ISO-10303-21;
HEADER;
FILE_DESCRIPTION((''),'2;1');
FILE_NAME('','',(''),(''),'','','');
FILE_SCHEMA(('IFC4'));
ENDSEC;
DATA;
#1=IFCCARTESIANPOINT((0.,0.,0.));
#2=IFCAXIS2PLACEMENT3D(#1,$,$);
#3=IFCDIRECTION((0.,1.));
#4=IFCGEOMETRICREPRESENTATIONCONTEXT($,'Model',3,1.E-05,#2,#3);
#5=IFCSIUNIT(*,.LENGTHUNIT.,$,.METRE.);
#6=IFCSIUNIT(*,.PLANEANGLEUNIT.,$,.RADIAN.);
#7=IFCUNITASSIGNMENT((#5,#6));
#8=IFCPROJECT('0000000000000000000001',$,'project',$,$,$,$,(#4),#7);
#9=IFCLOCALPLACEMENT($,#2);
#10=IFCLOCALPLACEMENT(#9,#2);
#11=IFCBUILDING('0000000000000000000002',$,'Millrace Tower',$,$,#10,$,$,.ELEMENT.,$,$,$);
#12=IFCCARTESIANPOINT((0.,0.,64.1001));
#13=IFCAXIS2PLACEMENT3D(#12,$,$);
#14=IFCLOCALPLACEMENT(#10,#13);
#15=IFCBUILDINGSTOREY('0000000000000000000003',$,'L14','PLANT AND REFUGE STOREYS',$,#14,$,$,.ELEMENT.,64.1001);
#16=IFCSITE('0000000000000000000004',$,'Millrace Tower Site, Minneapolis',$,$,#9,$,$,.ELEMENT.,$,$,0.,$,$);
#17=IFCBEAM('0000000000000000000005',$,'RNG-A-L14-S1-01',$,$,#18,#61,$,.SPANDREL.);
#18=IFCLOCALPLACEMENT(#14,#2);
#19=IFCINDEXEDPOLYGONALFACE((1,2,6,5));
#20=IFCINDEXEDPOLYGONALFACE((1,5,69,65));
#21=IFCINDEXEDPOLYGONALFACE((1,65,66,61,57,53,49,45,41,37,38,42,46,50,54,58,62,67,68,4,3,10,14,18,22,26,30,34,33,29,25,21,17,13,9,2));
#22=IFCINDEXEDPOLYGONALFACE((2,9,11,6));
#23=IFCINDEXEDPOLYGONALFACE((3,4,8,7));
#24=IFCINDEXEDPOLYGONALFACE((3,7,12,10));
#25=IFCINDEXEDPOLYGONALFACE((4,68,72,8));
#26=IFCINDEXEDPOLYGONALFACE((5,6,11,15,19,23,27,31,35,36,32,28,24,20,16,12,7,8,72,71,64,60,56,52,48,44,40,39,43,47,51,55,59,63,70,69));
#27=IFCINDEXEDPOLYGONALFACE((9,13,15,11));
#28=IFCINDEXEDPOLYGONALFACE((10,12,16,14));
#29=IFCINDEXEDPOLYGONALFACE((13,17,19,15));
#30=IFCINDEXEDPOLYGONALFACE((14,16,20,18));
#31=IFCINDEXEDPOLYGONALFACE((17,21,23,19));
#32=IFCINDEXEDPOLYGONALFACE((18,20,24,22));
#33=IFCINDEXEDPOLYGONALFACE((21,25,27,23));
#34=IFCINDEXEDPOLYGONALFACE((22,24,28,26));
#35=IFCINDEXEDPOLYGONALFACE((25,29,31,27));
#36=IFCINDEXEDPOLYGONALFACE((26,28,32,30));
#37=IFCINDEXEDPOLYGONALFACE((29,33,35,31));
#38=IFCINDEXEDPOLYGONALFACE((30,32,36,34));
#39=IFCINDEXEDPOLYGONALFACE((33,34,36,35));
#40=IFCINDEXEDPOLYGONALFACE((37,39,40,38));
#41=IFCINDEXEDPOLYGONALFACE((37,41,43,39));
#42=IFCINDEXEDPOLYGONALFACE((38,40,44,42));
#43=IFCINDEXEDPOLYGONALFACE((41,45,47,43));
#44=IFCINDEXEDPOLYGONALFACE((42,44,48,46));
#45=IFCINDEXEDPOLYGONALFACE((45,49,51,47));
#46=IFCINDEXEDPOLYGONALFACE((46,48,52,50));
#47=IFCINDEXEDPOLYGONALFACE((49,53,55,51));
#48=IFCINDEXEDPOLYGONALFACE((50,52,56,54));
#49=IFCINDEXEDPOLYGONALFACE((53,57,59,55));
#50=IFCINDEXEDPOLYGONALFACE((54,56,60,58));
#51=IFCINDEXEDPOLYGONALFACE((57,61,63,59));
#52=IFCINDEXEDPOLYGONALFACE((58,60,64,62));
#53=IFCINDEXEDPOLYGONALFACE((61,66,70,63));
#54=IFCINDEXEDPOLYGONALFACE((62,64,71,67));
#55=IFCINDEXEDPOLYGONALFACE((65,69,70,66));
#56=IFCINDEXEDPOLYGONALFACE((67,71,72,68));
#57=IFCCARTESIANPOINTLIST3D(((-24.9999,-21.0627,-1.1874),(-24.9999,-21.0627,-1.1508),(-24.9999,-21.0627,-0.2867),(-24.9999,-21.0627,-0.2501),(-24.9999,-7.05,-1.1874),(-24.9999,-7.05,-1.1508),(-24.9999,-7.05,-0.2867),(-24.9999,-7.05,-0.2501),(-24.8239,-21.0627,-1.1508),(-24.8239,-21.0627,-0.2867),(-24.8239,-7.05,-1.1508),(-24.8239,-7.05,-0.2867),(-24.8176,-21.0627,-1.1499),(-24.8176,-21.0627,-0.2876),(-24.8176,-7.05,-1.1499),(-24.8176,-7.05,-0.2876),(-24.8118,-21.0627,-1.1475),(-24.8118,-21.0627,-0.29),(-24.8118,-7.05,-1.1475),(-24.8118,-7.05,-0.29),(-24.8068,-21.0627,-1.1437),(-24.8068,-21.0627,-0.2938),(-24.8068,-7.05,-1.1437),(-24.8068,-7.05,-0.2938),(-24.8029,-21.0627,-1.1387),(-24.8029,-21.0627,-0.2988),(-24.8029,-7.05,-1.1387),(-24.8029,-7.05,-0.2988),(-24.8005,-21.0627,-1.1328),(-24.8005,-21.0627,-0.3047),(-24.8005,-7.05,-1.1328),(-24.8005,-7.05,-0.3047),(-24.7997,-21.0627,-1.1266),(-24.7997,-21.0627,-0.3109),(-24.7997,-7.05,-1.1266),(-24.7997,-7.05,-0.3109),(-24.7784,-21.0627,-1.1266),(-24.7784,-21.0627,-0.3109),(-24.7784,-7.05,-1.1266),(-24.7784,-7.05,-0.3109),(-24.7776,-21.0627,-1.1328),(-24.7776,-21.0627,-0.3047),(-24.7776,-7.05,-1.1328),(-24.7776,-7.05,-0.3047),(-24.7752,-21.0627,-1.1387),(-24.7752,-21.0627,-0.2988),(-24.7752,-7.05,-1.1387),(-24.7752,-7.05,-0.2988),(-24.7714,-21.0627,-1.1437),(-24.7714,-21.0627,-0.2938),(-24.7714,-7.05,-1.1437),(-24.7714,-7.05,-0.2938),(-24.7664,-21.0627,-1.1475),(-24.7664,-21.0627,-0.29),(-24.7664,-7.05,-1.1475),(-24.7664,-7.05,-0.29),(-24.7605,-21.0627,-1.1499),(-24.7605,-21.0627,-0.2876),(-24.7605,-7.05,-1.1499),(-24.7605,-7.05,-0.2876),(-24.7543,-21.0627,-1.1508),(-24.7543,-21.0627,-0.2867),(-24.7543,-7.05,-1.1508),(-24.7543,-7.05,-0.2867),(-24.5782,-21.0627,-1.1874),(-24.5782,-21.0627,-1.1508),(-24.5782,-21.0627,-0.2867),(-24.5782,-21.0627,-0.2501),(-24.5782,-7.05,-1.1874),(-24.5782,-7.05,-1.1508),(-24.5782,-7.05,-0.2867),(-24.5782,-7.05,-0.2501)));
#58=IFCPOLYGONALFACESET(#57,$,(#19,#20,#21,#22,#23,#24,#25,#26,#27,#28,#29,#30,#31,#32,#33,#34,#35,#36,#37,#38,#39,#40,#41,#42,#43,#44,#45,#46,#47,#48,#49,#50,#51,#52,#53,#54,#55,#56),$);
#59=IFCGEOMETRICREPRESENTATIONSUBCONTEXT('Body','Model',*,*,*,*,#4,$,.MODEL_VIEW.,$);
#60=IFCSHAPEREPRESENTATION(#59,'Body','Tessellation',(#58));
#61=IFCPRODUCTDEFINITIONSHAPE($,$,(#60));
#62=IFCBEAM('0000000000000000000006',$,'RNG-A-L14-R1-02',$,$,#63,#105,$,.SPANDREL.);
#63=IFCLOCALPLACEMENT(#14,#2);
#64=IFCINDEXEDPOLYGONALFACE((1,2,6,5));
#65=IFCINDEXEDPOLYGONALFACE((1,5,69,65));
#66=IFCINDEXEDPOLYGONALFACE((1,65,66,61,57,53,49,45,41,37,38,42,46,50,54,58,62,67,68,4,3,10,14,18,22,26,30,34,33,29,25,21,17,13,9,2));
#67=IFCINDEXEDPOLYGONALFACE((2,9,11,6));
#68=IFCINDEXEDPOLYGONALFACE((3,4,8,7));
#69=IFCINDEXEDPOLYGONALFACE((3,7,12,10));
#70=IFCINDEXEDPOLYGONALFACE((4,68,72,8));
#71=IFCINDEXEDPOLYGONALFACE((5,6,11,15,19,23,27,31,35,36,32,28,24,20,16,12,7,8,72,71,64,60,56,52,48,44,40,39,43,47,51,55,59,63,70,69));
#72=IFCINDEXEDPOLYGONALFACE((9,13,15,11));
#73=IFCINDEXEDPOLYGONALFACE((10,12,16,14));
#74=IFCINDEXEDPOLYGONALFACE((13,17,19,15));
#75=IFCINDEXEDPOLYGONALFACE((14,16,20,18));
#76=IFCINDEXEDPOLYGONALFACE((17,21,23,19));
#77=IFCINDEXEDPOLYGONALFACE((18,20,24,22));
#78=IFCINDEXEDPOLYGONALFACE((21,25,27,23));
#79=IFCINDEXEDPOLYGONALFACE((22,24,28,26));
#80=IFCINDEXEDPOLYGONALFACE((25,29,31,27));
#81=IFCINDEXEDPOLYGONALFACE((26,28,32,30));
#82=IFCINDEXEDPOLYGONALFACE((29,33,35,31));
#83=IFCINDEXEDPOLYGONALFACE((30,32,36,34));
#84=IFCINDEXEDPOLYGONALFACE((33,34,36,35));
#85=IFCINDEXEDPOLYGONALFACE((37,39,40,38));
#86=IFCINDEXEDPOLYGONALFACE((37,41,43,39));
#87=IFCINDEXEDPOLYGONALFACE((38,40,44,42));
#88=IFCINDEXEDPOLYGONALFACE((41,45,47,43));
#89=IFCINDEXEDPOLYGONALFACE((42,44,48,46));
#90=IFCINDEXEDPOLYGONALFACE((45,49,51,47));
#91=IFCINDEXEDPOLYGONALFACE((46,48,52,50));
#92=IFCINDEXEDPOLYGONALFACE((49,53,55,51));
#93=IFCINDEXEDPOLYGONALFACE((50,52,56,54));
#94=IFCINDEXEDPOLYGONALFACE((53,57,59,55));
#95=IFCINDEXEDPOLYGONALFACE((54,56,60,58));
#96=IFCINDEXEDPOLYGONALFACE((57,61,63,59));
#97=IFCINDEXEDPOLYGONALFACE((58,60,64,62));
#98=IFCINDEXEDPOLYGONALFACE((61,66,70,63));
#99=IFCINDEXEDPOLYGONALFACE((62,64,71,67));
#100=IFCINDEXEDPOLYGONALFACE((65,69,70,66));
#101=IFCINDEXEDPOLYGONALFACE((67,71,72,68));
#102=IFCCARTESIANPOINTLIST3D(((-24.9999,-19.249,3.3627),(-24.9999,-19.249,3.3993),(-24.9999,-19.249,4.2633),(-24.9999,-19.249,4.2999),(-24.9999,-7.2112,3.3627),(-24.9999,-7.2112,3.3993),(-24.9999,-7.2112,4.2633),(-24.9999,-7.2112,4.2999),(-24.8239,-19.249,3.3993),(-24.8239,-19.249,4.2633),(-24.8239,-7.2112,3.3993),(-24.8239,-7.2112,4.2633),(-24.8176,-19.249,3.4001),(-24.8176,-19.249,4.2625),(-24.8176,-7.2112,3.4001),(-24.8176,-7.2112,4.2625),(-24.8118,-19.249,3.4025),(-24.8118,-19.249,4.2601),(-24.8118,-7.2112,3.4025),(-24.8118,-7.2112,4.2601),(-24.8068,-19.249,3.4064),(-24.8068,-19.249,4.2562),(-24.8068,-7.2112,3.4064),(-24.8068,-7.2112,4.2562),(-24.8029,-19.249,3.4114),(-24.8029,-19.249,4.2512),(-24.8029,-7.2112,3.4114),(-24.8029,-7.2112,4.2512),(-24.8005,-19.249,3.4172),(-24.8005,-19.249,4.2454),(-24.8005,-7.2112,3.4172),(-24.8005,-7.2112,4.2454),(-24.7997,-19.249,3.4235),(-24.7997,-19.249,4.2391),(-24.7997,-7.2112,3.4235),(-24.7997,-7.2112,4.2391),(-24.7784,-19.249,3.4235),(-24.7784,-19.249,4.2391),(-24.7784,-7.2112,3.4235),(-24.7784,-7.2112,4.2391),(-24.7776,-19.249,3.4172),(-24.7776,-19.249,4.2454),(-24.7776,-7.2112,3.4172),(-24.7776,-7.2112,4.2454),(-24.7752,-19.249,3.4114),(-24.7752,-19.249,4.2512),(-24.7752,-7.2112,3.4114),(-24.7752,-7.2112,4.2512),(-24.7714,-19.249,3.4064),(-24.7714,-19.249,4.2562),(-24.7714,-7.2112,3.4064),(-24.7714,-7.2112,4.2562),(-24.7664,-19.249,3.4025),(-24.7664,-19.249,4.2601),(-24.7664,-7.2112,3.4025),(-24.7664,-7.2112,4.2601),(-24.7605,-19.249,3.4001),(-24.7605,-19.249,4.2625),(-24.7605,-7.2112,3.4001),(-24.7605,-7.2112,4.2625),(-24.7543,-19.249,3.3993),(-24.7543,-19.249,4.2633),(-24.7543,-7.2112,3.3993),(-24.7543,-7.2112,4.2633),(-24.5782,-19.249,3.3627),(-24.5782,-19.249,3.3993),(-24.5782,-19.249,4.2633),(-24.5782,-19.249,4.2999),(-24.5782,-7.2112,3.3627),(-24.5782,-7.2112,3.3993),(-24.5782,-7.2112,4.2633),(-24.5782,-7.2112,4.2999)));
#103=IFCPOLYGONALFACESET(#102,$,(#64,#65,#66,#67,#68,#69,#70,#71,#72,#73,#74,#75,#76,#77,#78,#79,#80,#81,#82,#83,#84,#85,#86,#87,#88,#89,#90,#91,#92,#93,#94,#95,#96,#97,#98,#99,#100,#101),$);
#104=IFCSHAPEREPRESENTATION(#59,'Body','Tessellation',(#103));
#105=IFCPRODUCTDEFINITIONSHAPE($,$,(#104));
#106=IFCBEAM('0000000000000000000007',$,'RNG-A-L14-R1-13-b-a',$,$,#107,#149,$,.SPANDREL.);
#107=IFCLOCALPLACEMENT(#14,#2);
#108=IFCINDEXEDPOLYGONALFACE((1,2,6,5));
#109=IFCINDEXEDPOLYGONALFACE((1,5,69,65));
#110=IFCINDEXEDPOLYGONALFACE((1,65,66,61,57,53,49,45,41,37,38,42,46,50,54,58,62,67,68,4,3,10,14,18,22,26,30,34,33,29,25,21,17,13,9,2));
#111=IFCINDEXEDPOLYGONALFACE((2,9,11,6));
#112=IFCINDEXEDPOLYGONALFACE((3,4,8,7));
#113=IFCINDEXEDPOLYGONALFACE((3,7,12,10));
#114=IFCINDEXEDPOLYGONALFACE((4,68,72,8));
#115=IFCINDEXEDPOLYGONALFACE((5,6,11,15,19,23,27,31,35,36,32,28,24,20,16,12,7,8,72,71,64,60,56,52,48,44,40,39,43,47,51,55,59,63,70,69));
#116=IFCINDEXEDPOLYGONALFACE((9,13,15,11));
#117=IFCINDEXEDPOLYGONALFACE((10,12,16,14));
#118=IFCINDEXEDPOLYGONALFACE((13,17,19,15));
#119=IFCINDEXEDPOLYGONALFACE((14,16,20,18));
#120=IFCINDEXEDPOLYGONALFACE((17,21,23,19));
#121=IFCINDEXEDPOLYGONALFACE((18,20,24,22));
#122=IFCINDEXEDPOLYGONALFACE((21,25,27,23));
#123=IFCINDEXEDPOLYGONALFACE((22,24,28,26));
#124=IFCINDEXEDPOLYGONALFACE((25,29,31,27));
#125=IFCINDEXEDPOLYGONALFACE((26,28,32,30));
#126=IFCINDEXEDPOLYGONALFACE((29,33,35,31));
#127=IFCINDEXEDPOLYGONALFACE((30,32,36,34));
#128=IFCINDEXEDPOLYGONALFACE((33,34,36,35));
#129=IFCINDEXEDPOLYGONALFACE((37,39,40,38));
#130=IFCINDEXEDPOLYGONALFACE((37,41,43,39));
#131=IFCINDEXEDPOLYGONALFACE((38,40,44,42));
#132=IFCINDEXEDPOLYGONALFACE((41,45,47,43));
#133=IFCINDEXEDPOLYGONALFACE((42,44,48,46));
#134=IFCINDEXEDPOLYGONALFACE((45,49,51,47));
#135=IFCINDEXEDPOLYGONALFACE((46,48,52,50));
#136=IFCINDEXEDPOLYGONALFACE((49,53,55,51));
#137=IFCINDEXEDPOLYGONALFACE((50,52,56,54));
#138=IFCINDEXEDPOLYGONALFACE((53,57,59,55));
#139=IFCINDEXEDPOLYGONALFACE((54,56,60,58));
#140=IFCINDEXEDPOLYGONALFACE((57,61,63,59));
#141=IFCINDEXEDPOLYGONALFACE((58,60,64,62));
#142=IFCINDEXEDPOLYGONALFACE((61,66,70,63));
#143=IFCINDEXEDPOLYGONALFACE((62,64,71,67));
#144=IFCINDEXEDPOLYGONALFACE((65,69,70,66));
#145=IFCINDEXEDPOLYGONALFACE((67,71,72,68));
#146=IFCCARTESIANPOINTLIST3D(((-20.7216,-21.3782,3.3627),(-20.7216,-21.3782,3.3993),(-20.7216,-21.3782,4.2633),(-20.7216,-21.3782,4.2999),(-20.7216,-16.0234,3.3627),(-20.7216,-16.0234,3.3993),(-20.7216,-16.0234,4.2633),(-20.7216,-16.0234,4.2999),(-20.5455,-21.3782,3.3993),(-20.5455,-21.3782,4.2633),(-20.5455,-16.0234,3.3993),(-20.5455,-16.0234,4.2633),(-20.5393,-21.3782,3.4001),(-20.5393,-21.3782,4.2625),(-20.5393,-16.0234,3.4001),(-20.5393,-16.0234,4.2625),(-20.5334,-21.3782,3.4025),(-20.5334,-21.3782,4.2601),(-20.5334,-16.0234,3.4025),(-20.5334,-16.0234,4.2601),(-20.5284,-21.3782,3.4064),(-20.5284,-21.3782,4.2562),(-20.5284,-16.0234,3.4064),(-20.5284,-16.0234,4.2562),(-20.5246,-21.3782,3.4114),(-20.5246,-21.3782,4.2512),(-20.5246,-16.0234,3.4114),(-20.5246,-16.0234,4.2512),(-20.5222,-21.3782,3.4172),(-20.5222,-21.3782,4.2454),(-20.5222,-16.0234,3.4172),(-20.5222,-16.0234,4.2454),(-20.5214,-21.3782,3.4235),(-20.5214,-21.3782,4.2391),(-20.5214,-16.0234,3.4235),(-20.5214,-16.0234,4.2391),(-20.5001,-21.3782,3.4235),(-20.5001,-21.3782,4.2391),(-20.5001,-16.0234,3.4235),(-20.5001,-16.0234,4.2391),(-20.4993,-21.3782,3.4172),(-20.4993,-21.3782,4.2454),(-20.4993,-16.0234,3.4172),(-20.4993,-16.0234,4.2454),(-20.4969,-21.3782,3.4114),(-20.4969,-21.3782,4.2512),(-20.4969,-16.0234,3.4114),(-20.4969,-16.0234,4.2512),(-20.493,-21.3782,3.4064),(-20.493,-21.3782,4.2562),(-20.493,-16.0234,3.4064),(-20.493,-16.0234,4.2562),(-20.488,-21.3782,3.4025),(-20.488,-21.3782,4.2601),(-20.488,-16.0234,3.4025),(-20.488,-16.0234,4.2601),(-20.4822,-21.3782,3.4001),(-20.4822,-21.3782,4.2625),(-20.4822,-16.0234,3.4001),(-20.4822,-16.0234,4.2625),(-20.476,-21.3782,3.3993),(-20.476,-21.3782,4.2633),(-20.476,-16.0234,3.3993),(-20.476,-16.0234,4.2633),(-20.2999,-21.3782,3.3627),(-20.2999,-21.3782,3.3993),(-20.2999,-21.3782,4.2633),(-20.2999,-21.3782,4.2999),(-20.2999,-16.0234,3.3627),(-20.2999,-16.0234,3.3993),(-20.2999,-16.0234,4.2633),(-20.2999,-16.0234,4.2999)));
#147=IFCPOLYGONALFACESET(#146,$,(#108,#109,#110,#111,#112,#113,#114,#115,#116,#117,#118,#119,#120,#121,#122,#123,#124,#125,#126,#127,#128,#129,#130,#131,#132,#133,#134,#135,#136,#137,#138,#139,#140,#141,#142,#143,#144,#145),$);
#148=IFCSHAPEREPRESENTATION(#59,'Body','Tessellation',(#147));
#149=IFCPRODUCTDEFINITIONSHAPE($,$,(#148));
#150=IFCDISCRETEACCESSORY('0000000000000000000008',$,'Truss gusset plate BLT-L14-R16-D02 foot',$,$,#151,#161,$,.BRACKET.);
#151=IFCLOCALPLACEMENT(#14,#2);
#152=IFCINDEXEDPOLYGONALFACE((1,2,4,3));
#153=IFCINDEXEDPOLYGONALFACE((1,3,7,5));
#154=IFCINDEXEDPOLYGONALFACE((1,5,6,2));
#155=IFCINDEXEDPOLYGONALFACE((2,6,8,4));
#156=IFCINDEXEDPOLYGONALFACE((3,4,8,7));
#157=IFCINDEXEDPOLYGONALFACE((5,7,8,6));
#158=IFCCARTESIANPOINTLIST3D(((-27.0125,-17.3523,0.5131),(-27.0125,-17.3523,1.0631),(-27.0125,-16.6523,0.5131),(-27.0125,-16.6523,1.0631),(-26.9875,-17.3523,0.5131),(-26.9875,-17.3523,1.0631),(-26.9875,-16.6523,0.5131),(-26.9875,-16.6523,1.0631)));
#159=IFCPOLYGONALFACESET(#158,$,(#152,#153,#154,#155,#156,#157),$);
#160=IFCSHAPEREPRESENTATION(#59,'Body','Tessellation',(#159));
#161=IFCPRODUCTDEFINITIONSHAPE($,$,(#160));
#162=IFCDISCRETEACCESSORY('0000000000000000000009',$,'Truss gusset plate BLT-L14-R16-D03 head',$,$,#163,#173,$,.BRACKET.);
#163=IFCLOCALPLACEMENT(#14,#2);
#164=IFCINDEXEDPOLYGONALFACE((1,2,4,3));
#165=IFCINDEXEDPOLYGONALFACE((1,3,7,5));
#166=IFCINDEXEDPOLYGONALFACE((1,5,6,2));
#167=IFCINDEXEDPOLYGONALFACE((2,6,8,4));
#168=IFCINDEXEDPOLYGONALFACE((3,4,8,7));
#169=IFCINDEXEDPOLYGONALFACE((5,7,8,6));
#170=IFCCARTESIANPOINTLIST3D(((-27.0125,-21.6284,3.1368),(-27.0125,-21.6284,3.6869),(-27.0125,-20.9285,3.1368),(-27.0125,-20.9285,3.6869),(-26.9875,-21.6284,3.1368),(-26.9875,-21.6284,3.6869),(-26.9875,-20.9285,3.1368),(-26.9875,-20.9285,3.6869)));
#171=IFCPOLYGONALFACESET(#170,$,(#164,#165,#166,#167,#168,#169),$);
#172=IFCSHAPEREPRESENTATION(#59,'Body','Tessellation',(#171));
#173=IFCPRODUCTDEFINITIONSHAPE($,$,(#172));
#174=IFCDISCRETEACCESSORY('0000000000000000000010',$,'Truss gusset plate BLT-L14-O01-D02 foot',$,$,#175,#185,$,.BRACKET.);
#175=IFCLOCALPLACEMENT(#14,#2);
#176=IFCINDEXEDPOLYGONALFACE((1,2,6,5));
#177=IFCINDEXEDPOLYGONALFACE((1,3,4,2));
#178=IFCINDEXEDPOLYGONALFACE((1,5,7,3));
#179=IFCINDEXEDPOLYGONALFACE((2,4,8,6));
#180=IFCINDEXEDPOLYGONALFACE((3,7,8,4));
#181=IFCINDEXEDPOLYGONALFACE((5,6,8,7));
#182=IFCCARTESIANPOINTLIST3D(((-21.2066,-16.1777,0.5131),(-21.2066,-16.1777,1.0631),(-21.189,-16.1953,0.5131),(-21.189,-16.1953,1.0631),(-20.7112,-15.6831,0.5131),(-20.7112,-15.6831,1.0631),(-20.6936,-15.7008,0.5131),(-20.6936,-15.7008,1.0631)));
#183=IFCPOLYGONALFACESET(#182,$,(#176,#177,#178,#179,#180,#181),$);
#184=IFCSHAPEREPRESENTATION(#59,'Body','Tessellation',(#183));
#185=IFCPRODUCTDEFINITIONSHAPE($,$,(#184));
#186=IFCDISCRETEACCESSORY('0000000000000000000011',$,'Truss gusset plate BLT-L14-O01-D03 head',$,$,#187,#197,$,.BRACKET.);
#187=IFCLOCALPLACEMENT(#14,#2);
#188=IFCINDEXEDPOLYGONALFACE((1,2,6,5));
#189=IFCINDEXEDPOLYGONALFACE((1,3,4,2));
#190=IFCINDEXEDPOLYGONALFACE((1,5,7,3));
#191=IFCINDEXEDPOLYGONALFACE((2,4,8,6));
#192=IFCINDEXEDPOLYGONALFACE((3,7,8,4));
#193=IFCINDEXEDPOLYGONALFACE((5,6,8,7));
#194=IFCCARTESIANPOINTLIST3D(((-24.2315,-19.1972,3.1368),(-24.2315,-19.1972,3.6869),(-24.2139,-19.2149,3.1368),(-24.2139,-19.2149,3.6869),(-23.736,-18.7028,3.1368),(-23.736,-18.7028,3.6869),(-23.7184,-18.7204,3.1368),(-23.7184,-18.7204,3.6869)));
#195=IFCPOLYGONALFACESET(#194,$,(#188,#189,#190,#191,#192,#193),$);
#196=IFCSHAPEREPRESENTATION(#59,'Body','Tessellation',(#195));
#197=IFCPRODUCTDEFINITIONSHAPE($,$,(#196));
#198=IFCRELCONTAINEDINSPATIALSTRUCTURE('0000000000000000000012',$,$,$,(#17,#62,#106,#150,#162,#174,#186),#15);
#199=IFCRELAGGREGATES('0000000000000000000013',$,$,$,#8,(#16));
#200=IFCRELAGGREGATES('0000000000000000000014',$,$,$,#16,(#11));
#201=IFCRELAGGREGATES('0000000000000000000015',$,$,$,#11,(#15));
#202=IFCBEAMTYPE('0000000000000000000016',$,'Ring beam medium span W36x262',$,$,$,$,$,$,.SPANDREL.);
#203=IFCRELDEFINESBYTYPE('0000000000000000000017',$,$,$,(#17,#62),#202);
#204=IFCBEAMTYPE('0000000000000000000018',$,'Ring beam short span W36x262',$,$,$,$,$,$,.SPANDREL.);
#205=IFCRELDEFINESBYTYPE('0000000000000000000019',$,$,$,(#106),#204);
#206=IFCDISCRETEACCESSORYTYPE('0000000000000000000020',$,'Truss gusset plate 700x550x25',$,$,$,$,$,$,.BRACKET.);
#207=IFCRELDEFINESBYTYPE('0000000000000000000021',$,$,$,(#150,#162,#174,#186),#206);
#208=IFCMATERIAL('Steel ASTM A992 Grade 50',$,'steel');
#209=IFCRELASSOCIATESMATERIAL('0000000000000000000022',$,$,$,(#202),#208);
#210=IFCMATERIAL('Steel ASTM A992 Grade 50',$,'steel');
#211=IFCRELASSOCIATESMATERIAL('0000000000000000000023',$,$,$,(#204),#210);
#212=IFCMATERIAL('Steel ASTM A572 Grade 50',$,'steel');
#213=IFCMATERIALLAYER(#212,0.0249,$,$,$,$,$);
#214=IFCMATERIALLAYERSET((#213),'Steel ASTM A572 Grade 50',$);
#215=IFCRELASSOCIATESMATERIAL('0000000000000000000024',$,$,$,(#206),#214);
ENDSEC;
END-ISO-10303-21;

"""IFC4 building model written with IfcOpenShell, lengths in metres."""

from ifc_helpers import new_model, si_unit, direction, frame, origin, origin_2d, place, context, subcontext, project, spatial, rectangle, i_section, extrude, material, layer, layer_set, material_profile, profile_set, type_object, element, save


model = new_model("IFC4")

# Units and contexts
model_context = context("Model", 3, precision=1e-05, world=origin(), true_north=direction((0.0, 1.0)))
body_context = subcontext(model_context, "Body", "Model", "MODEL_VIEW")
ifc_project = project(units=[si_unit("LENGTHUNIT", "METRE"), si_unit("PLANEANGLEUNIT", "RADIAN")], contexts=[model_context])

# Site, building, storey
site_placement = place(None, origin())
site = spatial("IfcSite", under=ifc_project, at=site_placement, Name="Millrace Tower Site, Minneapolis", CompositionType="ELEMENT", RefElevation=0.0)
building_placement = place(site_placement, origin())
building = spatial("IfcBuilding", under=site, at=building_placement, Name="Millrace Tower", CompositionType="ELEMENT")
storey_placement = place(building_placement, frame((0.0, 0.0, 64.1001)))
storey = spatial("IfcBuildingStorey", under=building, at=storey_placement, Name="L14", Description="PLANT AND REFUGE STOREYS", CompositionType="ELEMENT", Elevation=64.1001)

# Beams
ifc_material_1 = material(Name="Steel ASTM A992 Grade 50", Category="steel")
ifc_material_profile_1 = material_profile(ifc_material_1, i_section(OverallWidth=0.4216, OverallDepth=0.9373, WebThickness=0.0212, FlangeThickness=0.0366, FilletRadius=0.0242, at=origin_2d()))
ifc_profile_set_1 = profile_set([ifc_material_profile_1], Name="Steel ASTM A992 Grade 50")
beam_type_1 = type_object("IfcBeamType", Name="Ring beam medium span W36x262", PredefinedType="SPANDREL", material=ifc_profile_set_1)
beam_1_placement = place(storey_placement, frame((-24.7891, -21.0627, -0.7188), z_axis=(0.0, 1.0, 0.0), x_axis=(-1.0, 0.0, 0.0)))
element("IfcBeam", 1, at=beam_1_placement, inside=storey, type_object=beam_type_1, Name="RNG-A-L14-S1-01", PredefinedType="SPANDREL", context=body_context, shape_type="SweptSolid", body=[
    extrude(i_section(OverallWidth=0.4216, OverallDepth=0.9373, WebThickness=0.0212, FlangeThickness=0.0366, FilletRadius=0.0242, at=origin_2d()), origin(), (0.0, 0.0, 1.0), 14.0127),
])
beam_2_placement = place(storey_placement, frame((-24.7891, -19.249, 3.8313), z_axis=(0.0, 1.0, 0.0), x_axis=(-1.0, 0.0, 0.0)))
element("IfcBeam", 2, at=beam_2_placement, inside=storey, type_object=beam_type_1, Name="RNG-A-L14-R1-02", PredefinedType="SPANDREL", context=body_context, shape_type="SweptSolid", body=[
    extrude(i_section(OverallWidth=0.4216, OverallDepth=0.9373, WebThickness=0.0212, FlangeThickness=0.0366, FilletRadius=0.0242, at=origin_2d()), origin(), (0.0, 0.0, 1.0), 12.0378),
])
ifc_material_2 = material(Name="Steel ASTM A992 Grade 50", Category="steel")
ifc_material_profile_2 = material_profile(ifc_material_2, i_section(OverallWidth=0.4216, OverallDepth=0.9373, WebThickness=0.0212, FlangeThickness=0.0366, FilletRadius=0.0242, at=origin_2d()))
ifc_profile_set_2 = profile_set([ifc_material_profile_2], Name="Steel ASTM A992 Grade 50")
beam_type_2 = type_object("IfcBeamType", Name="Ring beam short span W36x262", PredefinedType="SPANDREL", material=ifc_profile_set_2)
beam_3_placement = place(storey_placement, frame((-20.5107, -16.0234, 3.8313), z_axis=(0.0, -1.0, 0.0), x_axis=(1.0, 0.0, 0.0)))
element("IfcBeam", 3, at=beam_3_placement, inside=storey, type_object=beam_type_2, Name="RNG-A-L14-R1-13-b-a", PredefinedType="SPANDREL", context=body_context, shape_type="SweptSolid", body=[
    extrude(i_section(OverallWidth=0.4216, OverallDepth=0.9373, WebThickness=0.0212, FlangeThickness=0.0366, FilletRadius=0.0242, at=origin_2d()), origin(), (0.0, 0.0, 1.0), 5.3547),
])

# Discrete accessories
ifc_material_3 = material(Name="Steel ASTM A572 Grade 50", Category="steel")
ifc_layer_1 = layer(ifc_material_3, 0.0249)
ifc_layer_set_1 = layer_set([ifc_layer_1], Name="Steel ASTM A572 Grade 50")
discrete_accessory_type = type_object("IfcDiscreteAccessoryType", Name="Truss gusset plate 700x550x25", PredefinedType="BRACKET", material=ifc_layer_set_1)
for number, where, z_axis, x_axis, name in (
    (4, (-27.0, -17.3523, 0.7881), (0.0, 1.0, 0.0), (-1.0, 0.0, 0.0), "Truss gusset plate BLT-L14-R16-D02 foot"),
    (5, (-27.0, -21.6284, 3.4119), (0.0, 1.0, 0.0), (-1.0, 0.0, 0.0), "Truss gusset plate BLT-L14-R16-D03 head"),
    (6, (-21.1978, -16.1865, 0.7881), (0.70763, 0.706583, 0.0), (-0.706583, 0.70763, 0.0), "Truss gusset plate BLT-L14-O01-D02 foot"),
    (7, (-24.2227, -19.2061, 3.4119), (0.707804, 0.706409, 0.0), (-0.706409, 0.707804, 0.0), "Truss gusset plate BLT-L14-O01-D03 head"),
):
    element("IfcDiscreteAccessory", number, at=place(storey_placement, frame(where, z_axis=z_axis, x_axis=x_axis)), inside=storey, type_object=discrete_accessory_type, Name=name, PredefinedType="BRACKET", context=body_context, shape_type="SweptSolid", body=[
        extrude(rectangle(XDim=0.0249, YDim=0.55, at=origin_2d()), origin(), (0.0, 0.0, 1.0), 0.7),
    ])

save(model, "model.ifc")
